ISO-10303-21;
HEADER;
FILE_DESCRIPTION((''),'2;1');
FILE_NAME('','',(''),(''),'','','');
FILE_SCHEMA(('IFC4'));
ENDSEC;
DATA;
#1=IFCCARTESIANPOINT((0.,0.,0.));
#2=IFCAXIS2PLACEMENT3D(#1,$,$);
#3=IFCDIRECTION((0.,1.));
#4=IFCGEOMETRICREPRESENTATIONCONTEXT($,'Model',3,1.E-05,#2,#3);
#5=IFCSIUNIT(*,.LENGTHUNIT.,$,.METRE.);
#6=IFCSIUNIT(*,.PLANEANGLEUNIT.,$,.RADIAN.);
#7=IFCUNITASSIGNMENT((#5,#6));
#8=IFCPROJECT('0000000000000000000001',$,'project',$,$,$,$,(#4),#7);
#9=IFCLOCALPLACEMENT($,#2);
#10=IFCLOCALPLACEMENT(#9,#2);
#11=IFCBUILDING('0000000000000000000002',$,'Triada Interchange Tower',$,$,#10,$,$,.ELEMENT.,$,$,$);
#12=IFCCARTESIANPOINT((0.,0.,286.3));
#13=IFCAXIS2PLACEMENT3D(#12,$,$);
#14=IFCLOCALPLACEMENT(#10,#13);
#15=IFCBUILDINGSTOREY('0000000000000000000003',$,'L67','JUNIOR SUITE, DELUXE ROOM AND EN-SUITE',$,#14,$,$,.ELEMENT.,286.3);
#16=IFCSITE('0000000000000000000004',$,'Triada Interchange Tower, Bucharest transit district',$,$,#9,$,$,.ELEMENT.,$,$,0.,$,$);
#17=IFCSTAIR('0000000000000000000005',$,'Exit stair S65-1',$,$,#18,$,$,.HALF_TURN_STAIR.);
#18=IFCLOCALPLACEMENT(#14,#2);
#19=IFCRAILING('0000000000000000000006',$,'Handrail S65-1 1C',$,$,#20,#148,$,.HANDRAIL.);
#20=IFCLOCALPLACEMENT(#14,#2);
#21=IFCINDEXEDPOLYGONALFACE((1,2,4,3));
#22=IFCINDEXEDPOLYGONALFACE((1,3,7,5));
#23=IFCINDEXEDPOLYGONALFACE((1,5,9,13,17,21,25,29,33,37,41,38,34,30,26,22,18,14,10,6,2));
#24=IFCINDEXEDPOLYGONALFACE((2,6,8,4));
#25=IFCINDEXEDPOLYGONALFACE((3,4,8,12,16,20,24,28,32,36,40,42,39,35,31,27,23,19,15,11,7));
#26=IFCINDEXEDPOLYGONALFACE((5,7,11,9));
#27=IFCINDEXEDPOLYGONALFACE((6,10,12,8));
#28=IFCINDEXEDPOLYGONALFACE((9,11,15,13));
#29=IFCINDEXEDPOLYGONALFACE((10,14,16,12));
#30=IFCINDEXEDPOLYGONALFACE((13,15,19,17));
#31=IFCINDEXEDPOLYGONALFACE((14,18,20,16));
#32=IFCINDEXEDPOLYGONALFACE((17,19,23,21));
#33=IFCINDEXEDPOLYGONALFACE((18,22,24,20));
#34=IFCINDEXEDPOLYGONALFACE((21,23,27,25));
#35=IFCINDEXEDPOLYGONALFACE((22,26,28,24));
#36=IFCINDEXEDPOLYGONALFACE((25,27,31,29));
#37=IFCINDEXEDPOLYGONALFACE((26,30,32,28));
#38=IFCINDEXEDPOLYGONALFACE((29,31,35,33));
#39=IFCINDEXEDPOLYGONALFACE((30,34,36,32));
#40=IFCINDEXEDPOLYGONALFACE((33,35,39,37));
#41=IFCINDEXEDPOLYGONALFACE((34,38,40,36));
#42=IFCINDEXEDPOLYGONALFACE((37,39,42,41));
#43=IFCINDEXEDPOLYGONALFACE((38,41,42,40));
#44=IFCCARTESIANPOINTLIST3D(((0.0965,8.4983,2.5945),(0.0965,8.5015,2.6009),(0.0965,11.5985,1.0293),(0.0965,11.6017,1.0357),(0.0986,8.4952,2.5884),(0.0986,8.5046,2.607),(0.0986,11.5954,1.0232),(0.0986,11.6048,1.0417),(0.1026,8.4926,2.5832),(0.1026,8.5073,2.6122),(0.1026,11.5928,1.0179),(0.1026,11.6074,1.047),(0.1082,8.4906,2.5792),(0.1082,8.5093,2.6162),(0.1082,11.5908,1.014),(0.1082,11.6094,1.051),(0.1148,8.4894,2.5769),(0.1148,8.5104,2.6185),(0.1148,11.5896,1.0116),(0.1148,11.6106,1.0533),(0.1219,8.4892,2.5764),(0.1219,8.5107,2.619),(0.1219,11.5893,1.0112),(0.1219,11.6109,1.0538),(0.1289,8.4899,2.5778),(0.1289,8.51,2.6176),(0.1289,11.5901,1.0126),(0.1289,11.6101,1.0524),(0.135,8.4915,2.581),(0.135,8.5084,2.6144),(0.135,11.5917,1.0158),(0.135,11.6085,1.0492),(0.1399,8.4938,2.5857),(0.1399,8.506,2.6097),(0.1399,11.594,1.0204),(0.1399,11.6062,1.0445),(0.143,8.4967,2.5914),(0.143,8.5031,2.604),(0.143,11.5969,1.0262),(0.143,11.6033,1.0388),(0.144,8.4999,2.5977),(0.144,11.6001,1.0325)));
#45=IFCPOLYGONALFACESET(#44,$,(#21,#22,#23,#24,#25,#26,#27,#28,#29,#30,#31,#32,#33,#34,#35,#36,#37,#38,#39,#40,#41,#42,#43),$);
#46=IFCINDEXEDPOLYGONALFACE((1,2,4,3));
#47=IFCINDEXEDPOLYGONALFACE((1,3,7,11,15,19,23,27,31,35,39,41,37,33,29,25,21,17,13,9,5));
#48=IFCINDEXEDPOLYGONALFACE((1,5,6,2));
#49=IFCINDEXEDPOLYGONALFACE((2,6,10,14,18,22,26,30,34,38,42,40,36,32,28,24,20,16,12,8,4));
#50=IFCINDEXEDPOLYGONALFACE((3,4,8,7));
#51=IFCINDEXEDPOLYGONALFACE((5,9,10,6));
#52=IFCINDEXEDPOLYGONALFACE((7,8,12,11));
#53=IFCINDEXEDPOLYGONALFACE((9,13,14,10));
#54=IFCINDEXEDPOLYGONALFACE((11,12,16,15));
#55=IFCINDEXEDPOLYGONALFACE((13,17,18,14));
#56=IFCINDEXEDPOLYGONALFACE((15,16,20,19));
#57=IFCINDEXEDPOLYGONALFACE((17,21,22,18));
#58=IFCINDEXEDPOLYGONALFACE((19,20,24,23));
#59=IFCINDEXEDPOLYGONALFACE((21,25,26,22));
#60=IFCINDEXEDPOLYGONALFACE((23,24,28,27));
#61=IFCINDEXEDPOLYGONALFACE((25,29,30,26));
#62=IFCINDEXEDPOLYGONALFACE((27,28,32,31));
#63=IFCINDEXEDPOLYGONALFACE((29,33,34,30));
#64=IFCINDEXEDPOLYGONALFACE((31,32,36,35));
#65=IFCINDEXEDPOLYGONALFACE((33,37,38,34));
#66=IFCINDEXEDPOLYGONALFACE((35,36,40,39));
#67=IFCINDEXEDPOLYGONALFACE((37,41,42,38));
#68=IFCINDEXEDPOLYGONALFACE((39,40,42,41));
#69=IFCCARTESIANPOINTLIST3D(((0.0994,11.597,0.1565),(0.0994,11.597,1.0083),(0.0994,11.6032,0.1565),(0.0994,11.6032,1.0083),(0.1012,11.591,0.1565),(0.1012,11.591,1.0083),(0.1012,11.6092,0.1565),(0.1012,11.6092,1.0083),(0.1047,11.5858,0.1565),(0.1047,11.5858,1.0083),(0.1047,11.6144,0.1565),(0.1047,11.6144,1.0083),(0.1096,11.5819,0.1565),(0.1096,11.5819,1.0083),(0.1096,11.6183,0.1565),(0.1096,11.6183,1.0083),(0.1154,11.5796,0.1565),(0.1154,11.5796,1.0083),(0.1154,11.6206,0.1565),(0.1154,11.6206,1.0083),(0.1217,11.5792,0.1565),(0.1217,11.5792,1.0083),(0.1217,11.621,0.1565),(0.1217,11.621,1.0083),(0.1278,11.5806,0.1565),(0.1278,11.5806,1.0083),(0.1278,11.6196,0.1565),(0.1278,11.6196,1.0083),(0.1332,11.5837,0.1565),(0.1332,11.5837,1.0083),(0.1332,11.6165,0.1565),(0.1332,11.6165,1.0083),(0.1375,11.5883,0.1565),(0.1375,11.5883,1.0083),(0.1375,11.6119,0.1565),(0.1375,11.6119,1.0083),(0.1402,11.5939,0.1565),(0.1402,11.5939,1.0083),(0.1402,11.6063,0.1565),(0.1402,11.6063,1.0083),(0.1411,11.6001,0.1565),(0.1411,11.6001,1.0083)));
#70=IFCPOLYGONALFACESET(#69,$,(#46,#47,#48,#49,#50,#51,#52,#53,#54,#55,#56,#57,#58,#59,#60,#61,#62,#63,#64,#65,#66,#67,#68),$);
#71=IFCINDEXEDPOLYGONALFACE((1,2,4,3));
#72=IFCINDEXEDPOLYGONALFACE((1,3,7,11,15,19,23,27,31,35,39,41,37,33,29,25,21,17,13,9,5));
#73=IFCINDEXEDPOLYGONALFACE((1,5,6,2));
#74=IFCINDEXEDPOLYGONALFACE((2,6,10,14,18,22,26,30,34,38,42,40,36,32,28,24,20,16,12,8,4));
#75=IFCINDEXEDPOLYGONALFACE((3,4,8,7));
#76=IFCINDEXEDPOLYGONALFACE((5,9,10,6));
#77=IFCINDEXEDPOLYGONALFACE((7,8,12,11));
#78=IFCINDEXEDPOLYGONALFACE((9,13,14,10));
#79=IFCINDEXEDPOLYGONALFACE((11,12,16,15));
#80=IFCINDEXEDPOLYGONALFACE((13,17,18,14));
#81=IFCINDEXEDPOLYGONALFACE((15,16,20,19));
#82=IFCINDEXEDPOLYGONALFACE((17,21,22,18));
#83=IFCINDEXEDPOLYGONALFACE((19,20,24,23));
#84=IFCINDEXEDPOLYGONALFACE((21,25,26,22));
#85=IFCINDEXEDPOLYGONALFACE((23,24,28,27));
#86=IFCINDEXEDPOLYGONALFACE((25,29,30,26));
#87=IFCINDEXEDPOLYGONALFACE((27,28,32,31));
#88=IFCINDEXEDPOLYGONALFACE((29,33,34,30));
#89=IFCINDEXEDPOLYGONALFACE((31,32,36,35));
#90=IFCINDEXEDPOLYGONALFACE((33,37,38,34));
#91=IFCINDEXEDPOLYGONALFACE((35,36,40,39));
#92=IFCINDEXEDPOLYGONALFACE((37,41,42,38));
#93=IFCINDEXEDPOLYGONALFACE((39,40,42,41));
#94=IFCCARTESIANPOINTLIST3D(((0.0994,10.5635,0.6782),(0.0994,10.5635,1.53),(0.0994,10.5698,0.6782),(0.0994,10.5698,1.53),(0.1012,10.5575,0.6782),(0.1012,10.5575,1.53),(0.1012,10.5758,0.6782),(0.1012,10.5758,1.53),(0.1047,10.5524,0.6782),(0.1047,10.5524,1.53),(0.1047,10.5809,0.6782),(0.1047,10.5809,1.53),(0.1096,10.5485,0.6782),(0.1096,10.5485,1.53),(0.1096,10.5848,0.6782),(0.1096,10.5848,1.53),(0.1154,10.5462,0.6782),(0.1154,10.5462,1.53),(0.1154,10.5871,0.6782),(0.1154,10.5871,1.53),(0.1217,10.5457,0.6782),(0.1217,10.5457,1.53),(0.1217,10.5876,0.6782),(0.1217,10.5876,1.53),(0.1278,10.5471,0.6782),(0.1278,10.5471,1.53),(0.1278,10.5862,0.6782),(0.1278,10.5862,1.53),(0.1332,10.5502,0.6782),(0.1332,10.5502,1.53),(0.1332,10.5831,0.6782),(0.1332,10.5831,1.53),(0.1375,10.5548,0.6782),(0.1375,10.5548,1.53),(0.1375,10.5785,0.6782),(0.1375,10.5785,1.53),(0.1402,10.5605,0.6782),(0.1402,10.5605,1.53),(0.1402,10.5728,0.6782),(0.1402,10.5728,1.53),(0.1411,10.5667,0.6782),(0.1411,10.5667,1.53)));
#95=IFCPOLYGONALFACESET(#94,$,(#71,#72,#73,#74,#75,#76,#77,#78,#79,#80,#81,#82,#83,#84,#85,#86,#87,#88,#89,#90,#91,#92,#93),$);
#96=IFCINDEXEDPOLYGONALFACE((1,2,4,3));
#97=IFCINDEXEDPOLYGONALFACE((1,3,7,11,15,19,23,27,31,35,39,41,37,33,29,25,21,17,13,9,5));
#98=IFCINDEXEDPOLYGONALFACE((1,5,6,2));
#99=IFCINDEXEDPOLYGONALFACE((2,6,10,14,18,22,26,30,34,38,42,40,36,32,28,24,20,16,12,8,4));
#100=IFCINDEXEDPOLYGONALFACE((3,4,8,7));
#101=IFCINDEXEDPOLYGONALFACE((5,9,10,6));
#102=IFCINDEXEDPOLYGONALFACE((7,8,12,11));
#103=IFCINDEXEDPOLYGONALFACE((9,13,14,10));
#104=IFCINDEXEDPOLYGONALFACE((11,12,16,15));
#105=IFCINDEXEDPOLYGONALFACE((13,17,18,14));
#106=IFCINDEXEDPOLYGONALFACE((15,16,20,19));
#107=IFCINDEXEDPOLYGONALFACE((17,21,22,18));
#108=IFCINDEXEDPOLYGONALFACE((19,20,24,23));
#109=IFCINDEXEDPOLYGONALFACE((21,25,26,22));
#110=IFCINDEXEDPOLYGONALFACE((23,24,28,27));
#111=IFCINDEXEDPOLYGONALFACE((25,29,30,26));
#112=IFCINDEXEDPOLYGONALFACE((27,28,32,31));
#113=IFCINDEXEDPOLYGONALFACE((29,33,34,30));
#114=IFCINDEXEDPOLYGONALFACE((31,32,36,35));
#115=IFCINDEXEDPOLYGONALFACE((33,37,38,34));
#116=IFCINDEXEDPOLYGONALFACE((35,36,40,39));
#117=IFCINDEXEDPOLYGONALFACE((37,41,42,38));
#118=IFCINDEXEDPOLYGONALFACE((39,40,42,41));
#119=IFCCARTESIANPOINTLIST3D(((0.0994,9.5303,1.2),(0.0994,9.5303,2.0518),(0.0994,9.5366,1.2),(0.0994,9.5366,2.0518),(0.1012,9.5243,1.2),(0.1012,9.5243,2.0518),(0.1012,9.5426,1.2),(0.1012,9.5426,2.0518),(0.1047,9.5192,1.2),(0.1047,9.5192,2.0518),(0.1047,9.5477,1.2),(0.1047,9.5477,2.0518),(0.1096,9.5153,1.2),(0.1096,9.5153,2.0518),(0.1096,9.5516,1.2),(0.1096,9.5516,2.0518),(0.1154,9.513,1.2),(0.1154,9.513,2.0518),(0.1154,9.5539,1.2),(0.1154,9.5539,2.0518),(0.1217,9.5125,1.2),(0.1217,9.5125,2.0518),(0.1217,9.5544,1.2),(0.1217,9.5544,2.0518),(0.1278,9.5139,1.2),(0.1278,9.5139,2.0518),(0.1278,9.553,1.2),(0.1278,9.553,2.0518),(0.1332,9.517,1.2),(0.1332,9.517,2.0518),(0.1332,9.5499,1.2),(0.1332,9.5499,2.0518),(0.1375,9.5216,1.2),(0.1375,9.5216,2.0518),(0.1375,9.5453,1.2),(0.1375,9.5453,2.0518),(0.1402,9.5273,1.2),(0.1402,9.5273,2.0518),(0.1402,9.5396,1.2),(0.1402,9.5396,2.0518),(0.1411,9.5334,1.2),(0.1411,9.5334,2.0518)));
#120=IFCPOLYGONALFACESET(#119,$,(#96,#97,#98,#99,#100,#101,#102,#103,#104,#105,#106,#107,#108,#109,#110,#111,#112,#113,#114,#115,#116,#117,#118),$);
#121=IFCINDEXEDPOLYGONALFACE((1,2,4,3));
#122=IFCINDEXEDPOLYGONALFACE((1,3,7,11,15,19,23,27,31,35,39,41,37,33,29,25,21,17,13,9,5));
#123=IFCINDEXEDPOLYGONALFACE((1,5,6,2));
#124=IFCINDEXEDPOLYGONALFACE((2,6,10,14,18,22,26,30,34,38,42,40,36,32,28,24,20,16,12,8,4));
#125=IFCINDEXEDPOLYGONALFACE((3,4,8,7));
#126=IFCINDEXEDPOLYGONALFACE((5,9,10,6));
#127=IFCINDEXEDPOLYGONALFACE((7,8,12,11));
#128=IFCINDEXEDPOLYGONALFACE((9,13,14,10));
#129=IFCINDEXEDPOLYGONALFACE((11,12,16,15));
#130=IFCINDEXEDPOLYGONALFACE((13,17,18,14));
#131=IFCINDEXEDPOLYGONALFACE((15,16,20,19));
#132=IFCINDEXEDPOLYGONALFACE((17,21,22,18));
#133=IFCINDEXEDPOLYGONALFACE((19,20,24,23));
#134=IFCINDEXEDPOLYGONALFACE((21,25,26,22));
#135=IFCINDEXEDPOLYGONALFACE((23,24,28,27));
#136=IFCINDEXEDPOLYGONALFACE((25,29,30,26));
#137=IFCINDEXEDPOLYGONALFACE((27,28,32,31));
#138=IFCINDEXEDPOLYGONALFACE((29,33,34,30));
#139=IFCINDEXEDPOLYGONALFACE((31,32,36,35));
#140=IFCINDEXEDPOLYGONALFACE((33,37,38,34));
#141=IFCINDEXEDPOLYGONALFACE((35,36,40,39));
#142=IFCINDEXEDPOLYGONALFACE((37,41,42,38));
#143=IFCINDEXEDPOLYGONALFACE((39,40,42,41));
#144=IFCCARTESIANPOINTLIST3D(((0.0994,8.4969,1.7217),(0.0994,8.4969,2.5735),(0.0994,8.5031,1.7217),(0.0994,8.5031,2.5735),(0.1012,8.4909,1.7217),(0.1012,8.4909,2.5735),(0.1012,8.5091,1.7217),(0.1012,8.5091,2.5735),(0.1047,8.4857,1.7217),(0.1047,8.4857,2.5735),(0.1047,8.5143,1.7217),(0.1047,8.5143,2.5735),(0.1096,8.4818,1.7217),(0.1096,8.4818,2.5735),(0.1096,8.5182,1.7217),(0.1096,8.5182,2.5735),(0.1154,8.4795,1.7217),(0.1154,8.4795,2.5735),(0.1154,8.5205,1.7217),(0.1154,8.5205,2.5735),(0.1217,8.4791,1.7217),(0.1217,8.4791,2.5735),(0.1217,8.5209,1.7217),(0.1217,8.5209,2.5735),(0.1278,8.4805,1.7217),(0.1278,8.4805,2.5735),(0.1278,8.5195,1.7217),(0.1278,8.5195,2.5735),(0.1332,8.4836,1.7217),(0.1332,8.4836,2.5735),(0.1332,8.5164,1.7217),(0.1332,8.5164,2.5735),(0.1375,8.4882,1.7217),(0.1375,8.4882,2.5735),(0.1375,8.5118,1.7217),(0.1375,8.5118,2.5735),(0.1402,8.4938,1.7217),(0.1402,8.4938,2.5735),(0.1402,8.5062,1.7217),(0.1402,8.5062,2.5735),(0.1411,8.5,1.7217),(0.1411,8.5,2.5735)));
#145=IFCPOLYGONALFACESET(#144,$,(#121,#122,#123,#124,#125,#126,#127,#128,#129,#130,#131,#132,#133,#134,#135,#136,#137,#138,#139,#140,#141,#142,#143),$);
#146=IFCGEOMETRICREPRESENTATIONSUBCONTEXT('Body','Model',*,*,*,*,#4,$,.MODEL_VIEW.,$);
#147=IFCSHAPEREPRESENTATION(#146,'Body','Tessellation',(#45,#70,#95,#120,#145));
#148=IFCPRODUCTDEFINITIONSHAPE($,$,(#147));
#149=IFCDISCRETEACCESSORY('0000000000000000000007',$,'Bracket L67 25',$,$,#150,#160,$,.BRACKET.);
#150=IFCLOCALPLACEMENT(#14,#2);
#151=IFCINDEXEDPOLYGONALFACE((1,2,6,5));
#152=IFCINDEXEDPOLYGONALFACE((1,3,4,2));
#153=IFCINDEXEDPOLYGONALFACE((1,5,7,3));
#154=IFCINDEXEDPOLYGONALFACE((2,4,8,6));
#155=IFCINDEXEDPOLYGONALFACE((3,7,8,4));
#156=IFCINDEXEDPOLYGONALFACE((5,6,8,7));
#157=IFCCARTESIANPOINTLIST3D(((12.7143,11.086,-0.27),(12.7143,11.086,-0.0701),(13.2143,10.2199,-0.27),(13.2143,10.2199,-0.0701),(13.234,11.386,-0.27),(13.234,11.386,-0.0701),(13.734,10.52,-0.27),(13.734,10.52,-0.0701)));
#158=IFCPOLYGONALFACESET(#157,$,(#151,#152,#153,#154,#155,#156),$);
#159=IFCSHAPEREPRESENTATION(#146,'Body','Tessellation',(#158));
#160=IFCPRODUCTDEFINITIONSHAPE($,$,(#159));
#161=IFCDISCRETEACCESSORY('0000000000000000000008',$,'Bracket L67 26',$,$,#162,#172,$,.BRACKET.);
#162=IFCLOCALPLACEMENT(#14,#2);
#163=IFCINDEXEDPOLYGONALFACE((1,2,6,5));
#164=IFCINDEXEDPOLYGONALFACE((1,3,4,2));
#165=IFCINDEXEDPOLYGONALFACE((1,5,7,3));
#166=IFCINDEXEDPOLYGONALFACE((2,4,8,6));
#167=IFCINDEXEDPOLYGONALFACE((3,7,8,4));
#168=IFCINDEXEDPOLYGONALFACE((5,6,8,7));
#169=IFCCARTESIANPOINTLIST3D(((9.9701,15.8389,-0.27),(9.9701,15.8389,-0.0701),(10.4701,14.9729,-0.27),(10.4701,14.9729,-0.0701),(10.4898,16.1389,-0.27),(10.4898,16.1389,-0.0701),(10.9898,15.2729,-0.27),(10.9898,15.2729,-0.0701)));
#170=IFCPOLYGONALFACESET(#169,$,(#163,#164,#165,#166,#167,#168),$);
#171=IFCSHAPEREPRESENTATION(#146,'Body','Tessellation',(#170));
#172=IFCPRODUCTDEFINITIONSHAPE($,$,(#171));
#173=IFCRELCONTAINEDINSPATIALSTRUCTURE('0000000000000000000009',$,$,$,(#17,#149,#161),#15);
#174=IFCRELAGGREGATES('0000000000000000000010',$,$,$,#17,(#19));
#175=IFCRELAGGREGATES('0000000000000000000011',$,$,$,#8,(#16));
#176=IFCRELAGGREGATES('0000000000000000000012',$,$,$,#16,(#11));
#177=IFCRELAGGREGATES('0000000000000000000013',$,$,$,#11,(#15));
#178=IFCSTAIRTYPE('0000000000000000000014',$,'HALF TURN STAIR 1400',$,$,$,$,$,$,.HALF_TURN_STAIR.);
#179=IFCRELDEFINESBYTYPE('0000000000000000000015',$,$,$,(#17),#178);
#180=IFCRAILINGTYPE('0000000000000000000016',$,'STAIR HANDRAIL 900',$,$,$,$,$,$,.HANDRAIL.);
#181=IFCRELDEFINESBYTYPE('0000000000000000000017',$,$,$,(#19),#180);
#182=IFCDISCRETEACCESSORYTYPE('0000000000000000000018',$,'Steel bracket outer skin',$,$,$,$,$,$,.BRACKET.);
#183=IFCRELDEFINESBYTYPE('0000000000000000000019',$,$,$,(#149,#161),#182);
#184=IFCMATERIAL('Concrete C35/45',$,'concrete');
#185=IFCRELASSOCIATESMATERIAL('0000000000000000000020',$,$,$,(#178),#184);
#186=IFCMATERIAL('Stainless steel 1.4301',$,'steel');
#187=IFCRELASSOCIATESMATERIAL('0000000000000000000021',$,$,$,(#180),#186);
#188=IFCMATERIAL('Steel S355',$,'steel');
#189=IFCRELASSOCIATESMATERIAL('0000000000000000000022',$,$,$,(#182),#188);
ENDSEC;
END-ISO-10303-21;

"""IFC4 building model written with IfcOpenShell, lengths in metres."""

from ifc_helpers import new_model, si_unit, direction, frame, origin, origin_2d, place, context, subcontext, project, spatial, rectangle, circle, extrude, material, type_object, element, aggregate, save


model = new_model("IFC4")

# Units and contexts
model_context = context("Model", 3, precision=1e-05, world=origin(), true_north=direction((0.0, 1.0)))
body_context = subcontext(model_context, "Body", "Model", "MODEL_VIEW")
ifc_project = project(units=[si_unit("LENGTHUNIT", "METRE"), si_unit("PLANEANGLEUNIT", "RADIAN")], contexts=[model_context])

# Site, building, storey
site_placement = place(None, origin())
site = spatial("IfcSite", under=ifc_project, at=site_placement, Name="Triada Interchange Tower, Bucharest transit district", CompositionType="ELEMENT", RefElevation=0.0)
building_placement = place(site_placement, origin())
building = spatial("IfcBuilding", under=site, at=building_placement, Name="Triada Interchange Tower", CompositionType="ELEMENT")
storey_placement = place(building_placement, frame((0.0, 0.0, 286.3)))
storey = spatial("IfcBuildingStorey", under=building, at=storey_placement, Name="L67", Description="JUNIOR SUITE, DELUXE ROOM AND EN-SUITE", CompositionType="ELEMENT", Elevation=286.3)

# Stair
ifc_material_1 = material(Name="Concrete C35/45", Category="concrete")
stair_type = type_object("IfcStairType", Name="HALF TURN STAIR 1400", PredefinedType="HALF_TURN_STAIR", material=ifc_material_1)
stair_placement = place(storey_placement, origin())
stair = element("IfcStair", 1, at=stair_placement, inside=storey, type_object=stair_type, Name="Exit stair S65-1", PredefinedType="HALF_TURN_STAIR")

# Railing
ifc_material_2 = material(Name="Stainless steel 1.4301", Category="steel")
railing_type = type_object("IfcRailingType", Name="STAIR HANDRAIL 900", PredefinedType="HANDRAIL", material=ifc_material_2)
railing_1_placement = place(storey_placement, frame((0.1201, 11.6001, 0.1565)))
railing_1 = element("IfcRailing", 2, at=railing_1_placement, type_object=railing_type, Name="Handrail S65-1 1C", PredefinedType="HANDRAIL", context=body_context, shape_type="SweptSolid", body=[
    extrude(circle(Radius=0.0239, at=origin_2d()), frame((0.0, 0.0, 0.876), z_axis=(0.0, -0.892677, 0.450697), x_axis=(1.0, 0.0, 0.0)), (0.0, 0.0, 1.0), 3.4729),
    extrude(circle(Radius=0.021, at=origin_2d()), origin(), (0.0, 0.0, 1.0), 0.8518),
    extrude(circle(Radius=0.021, at=origin_2d()), frame((0.0, -1.0334, 0.5217)), (0.0, 0.0, 1.0), 0.8518),
    extrude(circle(Radius=0.021, at=origin_2d()), frame((0.0, -2.0667, 1.0435)), (0.0, 0.0, 1.0), 0.8518),
    extrude(circle(Radius=0.021, at=origin_2d()), frame((0.0, -3.1001, 1.5652)), (0.0, 0.0, 1.0), 0.8518),
])
aggregate(stair, [railing_1])

# Discrete accessories
ifc_material_3 = material(Name="Steel S355", Category="steel")
discrete_accessory_type = type_object("IfcDiscreteAccessoryType", Name="Steel bracket outer skin", PredefinedType="BRACKET", material=ifc_material_3)
for number, where, z_axis, x_axis, name in (
    (3, (13.2241, 10.803, -0.27), (0.0, 0.0, 1.0), (0.866024, 0.500002, 0.0), "Bracket L67 25"),
    (4, (10.48, 15.5559, -0.27), (0.0, 0.0, 1.0), (0.866024, 0.500002, 0.0), "Bracket L67 26"),
):
    element("IfcDiscreteAccessory", number, at=place(storey_placement, frame(where, z_axis=z_axis, x_axis=x_axis)), inside=storey, type_object=discrete_accessory_type, Name=name, PredefinedType="BRACKET", context=body_context, shape_type="SweptSolid", body=[
        extrude(rectangle(XDim=0.6001, YDim=1.0, at=origin_2d()), origin(), (0.0, 0.0, 1.0), 0.2),
    ])

save(model, "model.ifc")
